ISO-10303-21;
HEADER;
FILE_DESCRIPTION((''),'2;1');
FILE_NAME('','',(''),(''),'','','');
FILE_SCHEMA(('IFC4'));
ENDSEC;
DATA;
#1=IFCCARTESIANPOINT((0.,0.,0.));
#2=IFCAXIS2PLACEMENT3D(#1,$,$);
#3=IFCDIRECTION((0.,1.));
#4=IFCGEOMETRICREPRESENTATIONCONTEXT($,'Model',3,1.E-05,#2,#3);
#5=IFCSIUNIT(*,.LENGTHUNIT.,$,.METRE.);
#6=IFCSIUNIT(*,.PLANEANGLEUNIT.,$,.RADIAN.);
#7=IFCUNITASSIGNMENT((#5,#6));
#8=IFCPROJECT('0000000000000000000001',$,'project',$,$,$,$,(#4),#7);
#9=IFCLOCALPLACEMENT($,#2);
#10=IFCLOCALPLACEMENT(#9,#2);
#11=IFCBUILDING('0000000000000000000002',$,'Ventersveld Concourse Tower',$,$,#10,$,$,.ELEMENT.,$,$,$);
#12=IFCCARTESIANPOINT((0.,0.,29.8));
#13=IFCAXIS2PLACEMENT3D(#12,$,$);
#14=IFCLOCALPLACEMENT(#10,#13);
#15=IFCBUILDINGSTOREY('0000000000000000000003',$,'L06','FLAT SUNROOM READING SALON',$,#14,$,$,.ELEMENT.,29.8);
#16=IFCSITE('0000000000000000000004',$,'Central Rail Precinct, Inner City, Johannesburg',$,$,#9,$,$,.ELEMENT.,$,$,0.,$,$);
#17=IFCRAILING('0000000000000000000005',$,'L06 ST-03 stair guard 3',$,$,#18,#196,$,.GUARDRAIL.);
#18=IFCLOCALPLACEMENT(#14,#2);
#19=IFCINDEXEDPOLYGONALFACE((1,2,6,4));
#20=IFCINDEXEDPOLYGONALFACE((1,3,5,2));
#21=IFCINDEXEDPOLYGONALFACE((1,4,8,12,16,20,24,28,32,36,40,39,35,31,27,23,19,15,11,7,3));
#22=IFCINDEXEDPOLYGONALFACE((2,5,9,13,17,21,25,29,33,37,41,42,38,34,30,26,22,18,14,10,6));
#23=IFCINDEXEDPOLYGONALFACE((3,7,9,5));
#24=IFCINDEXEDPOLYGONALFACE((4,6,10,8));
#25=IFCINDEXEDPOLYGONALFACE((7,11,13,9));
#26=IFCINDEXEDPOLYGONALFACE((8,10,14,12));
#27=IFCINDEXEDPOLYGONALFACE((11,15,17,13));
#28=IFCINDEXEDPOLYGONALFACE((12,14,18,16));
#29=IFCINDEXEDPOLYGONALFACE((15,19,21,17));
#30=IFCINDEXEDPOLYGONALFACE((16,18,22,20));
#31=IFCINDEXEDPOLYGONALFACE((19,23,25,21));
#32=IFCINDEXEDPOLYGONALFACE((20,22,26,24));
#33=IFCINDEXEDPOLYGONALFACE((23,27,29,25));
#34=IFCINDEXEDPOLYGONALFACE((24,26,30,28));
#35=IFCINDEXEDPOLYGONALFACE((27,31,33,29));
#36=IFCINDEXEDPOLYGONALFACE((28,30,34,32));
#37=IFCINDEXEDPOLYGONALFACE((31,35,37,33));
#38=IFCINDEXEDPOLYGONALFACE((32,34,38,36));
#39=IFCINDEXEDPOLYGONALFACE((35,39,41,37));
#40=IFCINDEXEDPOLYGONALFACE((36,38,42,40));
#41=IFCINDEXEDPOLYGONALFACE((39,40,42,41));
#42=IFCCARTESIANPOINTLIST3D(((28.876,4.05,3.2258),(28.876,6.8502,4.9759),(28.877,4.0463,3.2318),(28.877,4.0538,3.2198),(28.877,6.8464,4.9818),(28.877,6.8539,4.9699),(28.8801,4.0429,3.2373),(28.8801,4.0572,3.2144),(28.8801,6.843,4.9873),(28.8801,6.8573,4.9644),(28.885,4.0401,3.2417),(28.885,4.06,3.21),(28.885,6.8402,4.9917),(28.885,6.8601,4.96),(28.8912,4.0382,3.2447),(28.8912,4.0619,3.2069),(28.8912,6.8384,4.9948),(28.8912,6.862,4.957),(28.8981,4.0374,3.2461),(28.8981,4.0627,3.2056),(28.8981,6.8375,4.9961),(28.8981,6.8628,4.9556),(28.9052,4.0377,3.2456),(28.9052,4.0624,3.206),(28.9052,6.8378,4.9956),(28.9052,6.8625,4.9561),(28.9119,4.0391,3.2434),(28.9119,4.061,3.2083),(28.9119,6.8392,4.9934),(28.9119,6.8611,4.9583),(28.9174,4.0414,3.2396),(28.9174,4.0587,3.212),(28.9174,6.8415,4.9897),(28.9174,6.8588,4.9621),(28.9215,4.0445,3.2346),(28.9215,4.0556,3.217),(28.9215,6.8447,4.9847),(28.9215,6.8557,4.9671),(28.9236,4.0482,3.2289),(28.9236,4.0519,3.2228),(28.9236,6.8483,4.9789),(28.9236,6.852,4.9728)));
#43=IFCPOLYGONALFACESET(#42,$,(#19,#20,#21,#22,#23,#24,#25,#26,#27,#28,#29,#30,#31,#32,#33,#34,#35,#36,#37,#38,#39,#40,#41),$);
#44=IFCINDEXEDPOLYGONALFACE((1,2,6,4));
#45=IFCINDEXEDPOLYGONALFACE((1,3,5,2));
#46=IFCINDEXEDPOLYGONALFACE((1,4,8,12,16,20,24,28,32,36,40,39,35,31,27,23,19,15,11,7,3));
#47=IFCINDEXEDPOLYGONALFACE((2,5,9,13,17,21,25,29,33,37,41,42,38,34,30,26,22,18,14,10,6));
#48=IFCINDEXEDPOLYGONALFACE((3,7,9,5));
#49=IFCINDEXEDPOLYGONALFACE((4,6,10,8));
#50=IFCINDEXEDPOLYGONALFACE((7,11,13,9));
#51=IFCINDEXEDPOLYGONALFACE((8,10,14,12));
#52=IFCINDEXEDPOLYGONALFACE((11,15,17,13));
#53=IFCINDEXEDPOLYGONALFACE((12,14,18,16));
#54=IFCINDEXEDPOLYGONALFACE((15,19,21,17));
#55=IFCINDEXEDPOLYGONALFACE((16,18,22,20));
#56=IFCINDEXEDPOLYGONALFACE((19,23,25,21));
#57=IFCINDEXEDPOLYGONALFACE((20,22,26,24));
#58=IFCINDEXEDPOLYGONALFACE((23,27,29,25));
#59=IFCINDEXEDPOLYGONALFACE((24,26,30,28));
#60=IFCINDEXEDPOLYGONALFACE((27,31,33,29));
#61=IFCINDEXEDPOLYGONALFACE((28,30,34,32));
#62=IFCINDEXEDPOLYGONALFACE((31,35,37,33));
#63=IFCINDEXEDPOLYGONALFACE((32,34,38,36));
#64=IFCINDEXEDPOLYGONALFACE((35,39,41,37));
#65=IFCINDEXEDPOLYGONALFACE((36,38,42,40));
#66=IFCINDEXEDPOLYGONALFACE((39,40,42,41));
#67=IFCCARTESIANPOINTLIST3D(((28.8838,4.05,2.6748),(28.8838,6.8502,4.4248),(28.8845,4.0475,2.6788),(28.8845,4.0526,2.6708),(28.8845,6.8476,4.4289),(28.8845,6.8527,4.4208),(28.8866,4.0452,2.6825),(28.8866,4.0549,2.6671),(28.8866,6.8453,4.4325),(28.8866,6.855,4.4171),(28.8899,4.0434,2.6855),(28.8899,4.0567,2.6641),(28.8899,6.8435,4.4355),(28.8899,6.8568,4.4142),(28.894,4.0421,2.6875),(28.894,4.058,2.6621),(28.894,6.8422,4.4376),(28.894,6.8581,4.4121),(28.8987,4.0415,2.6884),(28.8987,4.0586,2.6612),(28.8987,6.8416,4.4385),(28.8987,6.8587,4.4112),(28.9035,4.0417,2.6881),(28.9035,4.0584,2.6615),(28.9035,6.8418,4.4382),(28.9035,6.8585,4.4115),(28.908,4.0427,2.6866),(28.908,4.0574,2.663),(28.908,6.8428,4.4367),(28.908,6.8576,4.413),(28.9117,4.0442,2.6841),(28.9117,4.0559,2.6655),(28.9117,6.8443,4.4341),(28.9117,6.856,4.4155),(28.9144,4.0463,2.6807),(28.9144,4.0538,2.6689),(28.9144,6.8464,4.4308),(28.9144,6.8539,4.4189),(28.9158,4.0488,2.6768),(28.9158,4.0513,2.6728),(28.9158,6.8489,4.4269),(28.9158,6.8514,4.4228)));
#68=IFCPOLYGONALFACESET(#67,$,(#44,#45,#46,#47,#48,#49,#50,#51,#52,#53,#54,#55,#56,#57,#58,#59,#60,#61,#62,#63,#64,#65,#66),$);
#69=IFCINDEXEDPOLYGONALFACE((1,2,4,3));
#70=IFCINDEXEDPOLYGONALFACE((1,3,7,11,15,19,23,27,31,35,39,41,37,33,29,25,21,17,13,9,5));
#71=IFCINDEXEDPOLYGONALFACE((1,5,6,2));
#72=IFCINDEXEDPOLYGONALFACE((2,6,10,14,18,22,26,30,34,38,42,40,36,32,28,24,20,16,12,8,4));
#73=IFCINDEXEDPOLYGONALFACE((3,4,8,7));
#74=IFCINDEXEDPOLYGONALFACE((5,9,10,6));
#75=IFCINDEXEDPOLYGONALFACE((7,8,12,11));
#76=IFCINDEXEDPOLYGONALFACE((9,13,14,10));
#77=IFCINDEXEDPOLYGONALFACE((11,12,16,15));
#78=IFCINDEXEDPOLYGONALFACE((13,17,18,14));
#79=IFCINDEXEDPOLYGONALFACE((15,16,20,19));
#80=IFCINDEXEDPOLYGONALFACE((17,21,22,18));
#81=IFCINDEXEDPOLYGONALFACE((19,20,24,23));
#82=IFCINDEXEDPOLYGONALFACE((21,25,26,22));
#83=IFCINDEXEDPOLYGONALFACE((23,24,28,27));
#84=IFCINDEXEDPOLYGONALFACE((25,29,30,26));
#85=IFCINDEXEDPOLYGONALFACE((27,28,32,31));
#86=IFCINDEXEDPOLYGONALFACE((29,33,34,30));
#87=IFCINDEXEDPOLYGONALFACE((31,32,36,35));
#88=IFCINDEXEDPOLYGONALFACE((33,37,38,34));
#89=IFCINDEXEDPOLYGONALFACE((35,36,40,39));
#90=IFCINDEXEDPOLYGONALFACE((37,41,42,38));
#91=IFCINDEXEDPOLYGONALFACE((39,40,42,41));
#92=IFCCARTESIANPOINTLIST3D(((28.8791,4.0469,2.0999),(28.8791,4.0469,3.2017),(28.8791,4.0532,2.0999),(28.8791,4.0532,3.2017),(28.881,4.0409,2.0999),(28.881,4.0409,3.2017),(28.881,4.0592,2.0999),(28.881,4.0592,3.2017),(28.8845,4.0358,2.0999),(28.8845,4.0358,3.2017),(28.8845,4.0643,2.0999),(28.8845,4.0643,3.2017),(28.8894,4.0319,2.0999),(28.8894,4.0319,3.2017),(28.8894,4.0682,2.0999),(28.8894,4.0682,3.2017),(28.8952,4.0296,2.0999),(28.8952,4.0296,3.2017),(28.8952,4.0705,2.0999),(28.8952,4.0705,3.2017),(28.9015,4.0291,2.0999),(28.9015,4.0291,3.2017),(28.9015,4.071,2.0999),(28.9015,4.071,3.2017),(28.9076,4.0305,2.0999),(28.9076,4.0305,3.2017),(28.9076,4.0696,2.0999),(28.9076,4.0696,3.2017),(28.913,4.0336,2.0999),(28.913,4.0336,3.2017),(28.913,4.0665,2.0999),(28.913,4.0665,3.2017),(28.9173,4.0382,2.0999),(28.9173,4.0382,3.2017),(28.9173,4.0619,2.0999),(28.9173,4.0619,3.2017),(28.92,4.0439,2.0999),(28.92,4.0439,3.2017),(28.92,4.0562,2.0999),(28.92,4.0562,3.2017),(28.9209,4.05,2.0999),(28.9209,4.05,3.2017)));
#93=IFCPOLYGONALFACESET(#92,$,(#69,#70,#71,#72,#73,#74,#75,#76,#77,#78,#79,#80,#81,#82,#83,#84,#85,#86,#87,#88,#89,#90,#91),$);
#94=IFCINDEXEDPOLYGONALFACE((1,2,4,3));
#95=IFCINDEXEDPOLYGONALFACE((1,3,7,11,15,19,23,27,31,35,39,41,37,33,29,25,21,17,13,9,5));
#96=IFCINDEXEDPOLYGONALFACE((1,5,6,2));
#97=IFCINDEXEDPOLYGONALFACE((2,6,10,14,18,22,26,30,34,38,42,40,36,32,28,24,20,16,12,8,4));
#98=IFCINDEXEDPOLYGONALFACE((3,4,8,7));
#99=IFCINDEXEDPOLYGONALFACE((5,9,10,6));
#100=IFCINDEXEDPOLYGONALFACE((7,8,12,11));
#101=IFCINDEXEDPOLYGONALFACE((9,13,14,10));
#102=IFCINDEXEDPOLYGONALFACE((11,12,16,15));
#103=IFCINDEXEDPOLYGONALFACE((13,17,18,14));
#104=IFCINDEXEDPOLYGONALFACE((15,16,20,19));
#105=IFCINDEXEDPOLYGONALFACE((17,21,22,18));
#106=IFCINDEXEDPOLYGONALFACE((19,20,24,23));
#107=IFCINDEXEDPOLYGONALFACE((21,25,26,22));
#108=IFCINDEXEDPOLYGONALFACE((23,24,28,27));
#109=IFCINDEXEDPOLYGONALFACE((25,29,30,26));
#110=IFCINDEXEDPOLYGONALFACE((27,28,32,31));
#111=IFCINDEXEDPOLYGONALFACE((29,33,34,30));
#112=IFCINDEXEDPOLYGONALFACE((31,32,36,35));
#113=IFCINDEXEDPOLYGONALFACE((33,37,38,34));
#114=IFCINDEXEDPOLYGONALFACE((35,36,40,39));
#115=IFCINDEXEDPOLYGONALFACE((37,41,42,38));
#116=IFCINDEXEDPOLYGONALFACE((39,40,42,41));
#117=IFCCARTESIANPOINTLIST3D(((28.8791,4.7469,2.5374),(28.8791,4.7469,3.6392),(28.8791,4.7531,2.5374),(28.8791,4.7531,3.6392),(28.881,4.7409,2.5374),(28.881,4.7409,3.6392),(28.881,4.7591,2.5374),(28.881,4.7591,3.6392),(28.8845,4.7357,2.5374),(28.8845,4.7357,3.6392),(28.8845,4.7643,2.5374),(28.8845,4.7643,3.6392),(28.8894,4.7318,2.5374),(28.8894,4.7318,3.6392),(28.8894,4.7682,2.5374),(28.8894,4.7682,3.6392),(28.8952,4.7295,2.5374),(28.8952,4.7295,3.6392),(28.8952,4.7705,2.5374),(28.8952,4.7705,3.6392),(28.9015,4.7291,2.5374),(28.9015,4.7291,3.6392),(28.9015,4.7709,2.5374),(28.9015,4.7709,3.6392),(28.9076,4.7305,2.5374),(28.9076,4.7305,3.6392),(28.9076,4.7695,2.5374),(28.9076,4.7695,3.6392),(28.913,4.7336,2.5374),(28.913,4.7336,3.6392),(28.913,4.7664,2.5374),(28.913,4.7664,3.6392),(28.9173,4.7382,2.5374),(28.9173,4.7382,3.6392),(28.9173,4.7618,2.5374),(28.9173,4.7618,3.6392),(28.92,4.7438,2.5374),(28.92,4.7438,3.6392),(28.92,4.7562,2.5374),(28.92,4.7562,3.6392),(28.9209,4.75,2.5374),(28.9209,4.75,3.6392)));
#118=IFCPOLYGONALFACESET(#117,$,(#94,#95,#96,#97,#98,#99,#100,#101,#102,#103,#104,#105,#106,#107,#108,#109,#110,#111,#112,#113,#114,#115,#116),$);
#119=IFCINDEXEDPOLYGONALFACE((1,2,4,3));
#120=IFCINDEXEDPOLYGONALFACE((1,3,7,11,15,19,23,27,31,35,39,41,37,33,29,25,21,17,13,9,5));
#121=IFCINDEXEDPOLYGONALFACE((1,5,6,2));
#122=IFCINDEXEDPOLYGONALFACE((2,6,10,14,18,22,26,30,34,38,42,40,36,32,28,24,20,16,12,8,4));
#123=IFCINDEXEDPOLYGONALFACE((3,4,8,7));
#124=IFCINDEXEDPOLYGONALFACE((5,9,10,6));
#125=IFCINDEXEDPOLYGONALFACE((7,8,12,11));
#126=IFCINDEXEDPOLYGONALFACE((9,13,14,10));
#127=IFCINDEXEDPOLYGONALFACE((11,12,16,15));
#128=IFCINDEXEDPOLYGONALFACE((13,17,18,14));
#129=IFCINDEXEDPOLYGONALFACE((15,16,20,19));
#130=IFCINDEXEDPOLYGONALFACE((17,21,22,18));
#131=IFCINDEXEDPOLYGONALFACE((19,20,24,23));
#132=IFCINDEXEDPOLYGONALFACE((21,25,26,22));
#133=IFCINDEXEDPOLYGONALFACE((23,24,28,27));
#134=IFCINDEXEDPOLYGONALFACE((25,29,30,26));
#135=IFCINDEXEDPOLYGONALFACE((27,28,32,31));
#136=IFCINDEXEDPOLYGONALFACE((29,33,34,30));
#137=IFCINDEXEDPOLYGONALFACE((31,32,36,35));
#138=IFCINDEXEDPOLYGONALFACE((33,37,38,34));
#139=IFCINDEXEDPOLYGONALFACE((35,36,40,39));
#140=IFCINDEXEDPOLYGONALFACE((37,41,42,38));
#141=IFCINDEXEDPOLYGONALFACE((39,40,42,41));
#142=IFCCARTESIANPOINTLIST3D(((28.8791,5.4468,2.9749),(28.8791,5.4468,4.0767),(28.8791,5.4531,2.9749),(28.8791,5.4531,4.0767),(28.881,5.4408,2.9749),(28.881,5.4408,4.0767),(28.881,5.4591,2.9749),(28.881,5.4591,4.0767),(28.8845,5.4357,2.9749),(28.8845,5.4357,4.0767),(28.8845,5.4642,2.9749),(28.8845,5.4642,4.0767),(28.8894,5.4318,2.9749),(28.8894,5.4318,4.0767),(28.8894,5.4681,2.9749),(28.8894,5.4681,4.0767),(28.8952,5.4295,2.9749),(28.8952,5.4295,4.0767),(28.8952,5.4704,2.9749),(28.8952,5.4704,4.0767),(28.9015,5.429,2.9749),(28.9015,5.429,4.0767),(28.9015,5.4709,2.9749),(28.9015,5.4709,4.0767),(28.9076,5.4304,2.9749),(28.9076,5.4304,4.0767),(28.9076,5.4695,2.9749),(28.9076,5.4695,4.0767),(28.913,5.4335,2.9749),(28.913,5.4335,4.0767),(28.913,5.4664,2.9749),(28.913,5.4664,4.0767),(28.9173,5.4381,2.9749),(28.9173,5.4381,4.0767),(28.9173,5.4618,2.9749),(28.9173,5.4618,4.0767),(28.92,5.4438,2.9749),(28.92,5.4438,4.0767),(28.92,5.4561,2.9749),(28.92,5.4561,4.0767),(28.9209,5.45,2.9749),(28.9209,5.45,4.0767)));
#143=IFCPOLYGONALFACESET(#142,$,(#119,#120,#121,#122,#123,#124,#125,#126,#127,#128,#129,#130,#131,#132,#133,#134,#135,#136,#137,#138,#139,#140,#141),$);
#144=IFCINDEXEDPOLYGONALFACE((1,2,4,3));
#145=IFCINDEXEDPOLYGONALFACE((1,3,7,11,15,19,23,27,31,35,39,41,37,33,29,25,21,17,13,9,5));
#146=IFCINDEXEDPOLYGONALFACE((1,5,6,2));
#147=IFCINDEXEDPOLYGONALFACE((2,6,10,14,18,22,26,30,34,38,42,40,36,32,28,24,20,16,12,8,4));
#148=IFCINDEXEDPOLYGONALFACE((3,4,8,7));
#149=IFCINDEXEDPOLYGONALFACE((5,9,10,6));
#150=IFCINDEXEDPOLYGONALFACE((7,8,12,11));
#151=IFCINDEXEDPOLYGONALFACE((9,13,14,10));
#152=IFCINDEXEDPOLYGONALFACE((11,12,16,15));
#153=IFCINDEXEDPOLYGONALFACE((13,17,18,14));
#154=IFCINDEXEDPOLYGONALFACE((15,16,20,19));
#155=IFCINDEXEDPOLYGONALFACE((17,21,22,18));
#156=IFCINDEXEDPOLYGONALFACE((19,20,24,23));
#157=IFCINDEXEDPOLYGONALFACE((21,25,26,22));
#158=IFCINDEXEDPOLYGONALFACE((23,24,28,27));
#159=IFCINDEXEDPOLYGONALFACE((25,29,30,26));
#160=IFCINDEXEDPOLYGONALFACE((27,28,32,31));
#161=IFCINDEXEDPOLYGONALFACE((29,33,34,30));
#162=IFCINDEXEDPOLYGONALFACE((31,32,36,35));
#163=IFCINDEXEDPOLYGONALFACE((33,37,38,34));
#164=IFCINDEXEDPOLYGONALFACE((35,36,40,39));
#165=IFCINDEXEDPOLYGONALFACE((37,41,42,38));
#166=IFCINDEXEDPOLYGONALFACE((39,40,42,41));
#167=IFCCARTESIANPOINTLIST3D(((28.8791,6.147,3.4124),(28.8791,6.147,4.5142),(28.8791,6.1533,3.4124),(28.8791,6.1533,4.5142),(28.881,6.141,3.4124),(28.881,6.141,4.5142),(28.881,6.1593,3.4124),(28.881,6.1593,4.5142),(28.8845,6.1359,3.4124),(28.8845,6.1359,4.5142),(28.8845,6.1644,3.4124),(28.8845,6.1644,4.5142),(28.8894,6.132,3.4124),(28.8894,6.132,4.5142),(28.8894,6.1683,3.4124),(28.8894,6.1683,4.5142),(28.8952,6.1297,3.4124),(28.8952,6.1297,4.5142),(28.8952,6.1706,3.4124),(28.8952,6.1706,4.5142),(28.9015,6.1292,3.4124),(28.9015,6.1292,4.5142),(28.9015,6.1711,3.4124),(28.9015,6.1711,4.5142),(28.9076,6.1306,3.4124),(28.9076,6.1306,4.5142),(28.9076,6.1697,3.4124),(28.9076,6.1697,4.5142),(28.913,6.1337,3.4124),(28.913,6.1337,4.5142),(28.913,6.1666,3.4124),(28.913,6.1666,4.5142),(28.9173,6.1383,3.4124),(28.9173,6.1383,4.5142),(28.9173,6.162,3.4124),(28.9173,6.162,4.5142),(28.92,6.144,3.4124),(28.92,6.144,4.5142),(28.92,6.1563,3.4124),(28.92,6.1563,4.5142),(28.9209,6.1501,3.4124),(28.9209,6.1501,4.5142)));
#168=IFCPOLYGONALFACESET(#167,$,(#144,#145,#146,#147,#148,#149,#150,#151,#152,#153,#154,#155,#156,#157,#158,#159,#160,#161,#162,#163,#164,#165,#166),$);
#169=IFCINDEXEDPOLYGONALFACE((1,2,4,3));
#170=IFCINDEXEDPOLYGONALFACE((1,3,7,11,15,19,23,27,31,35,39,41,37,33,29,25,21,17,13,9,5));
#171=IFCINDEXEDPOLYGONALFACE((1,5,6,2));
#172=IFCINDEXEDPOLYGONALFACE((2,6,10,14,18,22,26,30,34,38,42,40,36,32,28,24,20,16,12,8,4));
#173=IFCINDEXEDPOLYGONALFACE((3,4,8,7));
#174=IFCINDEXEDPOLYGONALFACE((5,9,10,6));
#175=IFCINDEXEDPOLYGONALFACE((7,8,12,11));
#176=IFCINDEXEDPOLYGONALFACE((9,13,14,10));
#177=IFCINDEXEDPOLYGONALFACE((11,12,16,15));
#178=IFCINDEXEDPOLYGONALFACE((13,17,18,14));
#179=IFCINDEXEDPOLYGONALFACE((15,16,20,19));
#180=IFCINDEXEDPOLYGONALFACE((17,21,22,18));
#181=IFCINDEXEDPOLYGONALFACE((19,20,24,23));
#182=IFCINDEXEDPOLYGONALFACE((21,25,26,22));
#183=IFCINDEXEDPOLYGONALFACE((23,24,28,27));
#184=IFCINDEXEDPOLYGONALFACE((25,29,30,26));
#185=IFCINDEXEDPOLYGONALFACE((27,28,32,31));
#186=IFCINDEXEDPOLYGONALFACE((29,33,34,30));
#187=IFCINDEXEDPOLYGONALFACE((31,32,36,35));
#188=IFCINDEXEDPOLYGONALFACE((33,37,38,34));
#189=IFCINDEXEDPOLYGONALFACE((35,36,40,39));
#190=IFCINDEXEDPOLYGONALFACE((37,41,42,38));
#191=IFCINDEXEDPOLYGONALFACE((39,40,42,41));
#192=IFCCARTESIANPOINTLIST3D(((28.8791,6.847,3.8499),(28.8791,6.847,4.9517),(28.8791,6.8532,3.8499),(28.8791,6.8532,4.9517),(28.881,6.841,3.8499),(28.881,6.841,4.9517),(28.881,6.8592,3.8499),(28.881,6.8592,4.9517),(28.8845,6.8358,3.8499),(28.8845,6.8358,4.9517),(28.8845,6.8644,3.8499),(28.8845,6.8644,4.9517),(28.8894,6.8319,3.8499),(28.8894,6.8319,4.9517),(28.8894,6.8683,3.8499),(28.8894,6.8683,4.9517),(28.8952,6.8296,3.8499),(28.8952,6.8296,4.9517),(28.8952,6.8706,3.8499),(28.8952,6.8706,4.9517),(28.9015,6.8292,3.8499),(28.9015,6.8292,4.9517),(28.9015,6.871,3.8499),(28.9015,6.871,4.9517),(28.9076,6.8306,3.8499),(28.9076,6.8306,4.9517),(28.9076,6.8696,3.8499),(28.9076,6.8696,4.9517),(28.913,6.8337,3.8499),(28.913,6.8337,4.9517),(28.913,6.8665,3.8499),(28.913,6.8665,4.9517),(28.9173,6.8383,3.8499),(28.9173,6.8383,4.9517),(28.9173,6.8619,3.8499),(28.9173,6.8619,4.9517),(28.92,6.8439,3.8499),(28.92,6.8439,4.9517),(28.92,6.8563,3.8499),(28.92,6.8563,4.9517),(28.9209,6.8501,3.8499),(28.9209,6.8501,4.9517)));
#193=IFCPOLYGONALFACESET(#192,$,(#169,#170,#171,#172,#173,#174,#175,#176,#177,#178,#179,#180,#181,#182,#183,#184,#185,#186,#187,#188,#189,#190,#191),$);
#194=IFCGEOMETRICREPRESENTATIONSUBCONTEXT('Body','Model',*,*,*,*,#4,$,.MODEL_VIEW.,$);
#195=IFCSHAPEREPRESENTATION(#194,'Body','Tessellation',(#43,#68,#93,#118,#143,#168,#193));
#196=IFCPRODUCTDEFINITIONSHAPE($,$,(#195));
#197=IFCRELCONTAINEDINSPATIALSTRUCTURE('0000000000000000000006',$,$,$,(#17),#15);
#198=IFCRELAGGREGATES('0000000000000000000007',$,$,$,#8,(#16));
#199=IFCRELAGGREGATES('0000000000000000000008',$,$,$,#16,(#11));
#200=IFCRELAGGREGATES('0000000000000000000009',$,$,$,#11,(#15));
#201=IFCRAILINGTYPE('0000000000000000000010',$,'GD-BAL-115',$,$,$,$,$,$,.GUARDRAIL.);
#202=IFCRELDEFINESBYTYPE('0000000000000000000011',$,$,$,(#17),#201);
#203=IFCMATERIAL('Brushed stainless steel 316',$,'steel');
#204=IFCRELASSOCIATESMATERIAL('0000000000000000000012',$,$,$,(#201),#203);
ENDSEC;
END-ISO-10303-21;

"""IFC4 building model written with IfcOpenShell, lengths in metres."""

from ifc_helpers import new_model, si_unit, direction, frame, origin, origin_2d, place, context, subcontext, project, spatial, circle, extrude, material, type_object, element, save


model = new_model("IFC4")

# Units and contexts
model_context = context("Model", 3, precision=1e-05, world=origin(), true_north=direction((0.0, 1.0)))
body_context = subcontext(model_context, "Body", "Model", "MODEL_VIEW")
ifc_project = project(units=[si_unit("LENGTHUNIT", "METRE"), si_unit("PLANEANGLEUNIT", "RADIAN")], contexts=[model_context])

# Site, building, storey
site_placement = place(None, origin())
site = spatial("IfcSite", under=ifc_project, at=site_placement, Name="Central Rail Precinct, Inner City, Johannesburg", CompositionType="ELEMENT", RefElevation=0.0)
building_placement = place(site_placement, origin())
building = spatial("IfcBuilding", under=site, at=building_placement, Name="Ventersveld Concourse Tower", CompositionType="ELEMENT")
storey_placement = place(building_placement, frame((0.0, 0.0, 29.8)))
storey = spatial("IfcBuildingStorey", under=building, at=storey_placement, Name="L06", Description="FLAT SUNROOM READING SALON", CompositionType="ELEMENT", Elevation=29.8)

# Railing
ifc_material_1 = material(Name="Brushed stainless steel 316", Category="steel")
railing_type_1 = type_object("IfcRailingType", Name="GD-BAL-115", PredefinedType="GUARDRAIL", material=ifc_material_1)
railing_1_placement = place(storey_placement, frame((28.8999, 4.05, 2.0999)))
element("IfcRailing", 1, at=railing_1_placement, inside=storey, type_object=railing_type_1, Name="L06 ST-03 stair guard 3", PredefinedType="GUARDRAIL", context=body_context, shape_type="SweptSolid", body=[
    extrude(circle(Radius=0.0239, at=origin_2d()), frame((0.0, 0.0, 1.126), z_axis=(0.0, 0.848002, 0.529992), x_axis=(-1.0, 0.0, 0.0)), (0.0, 0.0, 1.0), 3.302),
    extrude(circle(Radius=0.0161, at=origin_2d()), frame((0.0, 0.0, 0.575), z_axis=(0.0, 0.848002, 0.529992), x_axis=(-1.0, 0.0, 0.0)), (0.0, 0.0, 1.0), 3.302),
    extrude(circle(Radius=0.021, at=origin_2d()), origin(), (0.0, 0.0, 1.0), 1.1018),
    extrude(circle(Radius=0.021, at=origin_2d()), frame((0.0, 0.7, 0.4375)), (0.0, 0.0, 1.0), 1.1018),
    extrude(circle(Radius=0.021, at=origin_2d()), frame((0.0, 1.3999, 0.875)), (0.0, 0.0, 1.0), 1.1018),
    extrude(circle(Radius=0.021, at=origin_2d()), frame((0.0, 2.1001, 1.3125)), (0.0, 0.0, 1.0), 1.1018),
    extrude(circle(Radius=0.021, at=origin_2d()), frame((0.0, 2.8, 1.75)), (0.0, 0.0, 1.0), 1.1018),
])

save(model, "model.ifc")
